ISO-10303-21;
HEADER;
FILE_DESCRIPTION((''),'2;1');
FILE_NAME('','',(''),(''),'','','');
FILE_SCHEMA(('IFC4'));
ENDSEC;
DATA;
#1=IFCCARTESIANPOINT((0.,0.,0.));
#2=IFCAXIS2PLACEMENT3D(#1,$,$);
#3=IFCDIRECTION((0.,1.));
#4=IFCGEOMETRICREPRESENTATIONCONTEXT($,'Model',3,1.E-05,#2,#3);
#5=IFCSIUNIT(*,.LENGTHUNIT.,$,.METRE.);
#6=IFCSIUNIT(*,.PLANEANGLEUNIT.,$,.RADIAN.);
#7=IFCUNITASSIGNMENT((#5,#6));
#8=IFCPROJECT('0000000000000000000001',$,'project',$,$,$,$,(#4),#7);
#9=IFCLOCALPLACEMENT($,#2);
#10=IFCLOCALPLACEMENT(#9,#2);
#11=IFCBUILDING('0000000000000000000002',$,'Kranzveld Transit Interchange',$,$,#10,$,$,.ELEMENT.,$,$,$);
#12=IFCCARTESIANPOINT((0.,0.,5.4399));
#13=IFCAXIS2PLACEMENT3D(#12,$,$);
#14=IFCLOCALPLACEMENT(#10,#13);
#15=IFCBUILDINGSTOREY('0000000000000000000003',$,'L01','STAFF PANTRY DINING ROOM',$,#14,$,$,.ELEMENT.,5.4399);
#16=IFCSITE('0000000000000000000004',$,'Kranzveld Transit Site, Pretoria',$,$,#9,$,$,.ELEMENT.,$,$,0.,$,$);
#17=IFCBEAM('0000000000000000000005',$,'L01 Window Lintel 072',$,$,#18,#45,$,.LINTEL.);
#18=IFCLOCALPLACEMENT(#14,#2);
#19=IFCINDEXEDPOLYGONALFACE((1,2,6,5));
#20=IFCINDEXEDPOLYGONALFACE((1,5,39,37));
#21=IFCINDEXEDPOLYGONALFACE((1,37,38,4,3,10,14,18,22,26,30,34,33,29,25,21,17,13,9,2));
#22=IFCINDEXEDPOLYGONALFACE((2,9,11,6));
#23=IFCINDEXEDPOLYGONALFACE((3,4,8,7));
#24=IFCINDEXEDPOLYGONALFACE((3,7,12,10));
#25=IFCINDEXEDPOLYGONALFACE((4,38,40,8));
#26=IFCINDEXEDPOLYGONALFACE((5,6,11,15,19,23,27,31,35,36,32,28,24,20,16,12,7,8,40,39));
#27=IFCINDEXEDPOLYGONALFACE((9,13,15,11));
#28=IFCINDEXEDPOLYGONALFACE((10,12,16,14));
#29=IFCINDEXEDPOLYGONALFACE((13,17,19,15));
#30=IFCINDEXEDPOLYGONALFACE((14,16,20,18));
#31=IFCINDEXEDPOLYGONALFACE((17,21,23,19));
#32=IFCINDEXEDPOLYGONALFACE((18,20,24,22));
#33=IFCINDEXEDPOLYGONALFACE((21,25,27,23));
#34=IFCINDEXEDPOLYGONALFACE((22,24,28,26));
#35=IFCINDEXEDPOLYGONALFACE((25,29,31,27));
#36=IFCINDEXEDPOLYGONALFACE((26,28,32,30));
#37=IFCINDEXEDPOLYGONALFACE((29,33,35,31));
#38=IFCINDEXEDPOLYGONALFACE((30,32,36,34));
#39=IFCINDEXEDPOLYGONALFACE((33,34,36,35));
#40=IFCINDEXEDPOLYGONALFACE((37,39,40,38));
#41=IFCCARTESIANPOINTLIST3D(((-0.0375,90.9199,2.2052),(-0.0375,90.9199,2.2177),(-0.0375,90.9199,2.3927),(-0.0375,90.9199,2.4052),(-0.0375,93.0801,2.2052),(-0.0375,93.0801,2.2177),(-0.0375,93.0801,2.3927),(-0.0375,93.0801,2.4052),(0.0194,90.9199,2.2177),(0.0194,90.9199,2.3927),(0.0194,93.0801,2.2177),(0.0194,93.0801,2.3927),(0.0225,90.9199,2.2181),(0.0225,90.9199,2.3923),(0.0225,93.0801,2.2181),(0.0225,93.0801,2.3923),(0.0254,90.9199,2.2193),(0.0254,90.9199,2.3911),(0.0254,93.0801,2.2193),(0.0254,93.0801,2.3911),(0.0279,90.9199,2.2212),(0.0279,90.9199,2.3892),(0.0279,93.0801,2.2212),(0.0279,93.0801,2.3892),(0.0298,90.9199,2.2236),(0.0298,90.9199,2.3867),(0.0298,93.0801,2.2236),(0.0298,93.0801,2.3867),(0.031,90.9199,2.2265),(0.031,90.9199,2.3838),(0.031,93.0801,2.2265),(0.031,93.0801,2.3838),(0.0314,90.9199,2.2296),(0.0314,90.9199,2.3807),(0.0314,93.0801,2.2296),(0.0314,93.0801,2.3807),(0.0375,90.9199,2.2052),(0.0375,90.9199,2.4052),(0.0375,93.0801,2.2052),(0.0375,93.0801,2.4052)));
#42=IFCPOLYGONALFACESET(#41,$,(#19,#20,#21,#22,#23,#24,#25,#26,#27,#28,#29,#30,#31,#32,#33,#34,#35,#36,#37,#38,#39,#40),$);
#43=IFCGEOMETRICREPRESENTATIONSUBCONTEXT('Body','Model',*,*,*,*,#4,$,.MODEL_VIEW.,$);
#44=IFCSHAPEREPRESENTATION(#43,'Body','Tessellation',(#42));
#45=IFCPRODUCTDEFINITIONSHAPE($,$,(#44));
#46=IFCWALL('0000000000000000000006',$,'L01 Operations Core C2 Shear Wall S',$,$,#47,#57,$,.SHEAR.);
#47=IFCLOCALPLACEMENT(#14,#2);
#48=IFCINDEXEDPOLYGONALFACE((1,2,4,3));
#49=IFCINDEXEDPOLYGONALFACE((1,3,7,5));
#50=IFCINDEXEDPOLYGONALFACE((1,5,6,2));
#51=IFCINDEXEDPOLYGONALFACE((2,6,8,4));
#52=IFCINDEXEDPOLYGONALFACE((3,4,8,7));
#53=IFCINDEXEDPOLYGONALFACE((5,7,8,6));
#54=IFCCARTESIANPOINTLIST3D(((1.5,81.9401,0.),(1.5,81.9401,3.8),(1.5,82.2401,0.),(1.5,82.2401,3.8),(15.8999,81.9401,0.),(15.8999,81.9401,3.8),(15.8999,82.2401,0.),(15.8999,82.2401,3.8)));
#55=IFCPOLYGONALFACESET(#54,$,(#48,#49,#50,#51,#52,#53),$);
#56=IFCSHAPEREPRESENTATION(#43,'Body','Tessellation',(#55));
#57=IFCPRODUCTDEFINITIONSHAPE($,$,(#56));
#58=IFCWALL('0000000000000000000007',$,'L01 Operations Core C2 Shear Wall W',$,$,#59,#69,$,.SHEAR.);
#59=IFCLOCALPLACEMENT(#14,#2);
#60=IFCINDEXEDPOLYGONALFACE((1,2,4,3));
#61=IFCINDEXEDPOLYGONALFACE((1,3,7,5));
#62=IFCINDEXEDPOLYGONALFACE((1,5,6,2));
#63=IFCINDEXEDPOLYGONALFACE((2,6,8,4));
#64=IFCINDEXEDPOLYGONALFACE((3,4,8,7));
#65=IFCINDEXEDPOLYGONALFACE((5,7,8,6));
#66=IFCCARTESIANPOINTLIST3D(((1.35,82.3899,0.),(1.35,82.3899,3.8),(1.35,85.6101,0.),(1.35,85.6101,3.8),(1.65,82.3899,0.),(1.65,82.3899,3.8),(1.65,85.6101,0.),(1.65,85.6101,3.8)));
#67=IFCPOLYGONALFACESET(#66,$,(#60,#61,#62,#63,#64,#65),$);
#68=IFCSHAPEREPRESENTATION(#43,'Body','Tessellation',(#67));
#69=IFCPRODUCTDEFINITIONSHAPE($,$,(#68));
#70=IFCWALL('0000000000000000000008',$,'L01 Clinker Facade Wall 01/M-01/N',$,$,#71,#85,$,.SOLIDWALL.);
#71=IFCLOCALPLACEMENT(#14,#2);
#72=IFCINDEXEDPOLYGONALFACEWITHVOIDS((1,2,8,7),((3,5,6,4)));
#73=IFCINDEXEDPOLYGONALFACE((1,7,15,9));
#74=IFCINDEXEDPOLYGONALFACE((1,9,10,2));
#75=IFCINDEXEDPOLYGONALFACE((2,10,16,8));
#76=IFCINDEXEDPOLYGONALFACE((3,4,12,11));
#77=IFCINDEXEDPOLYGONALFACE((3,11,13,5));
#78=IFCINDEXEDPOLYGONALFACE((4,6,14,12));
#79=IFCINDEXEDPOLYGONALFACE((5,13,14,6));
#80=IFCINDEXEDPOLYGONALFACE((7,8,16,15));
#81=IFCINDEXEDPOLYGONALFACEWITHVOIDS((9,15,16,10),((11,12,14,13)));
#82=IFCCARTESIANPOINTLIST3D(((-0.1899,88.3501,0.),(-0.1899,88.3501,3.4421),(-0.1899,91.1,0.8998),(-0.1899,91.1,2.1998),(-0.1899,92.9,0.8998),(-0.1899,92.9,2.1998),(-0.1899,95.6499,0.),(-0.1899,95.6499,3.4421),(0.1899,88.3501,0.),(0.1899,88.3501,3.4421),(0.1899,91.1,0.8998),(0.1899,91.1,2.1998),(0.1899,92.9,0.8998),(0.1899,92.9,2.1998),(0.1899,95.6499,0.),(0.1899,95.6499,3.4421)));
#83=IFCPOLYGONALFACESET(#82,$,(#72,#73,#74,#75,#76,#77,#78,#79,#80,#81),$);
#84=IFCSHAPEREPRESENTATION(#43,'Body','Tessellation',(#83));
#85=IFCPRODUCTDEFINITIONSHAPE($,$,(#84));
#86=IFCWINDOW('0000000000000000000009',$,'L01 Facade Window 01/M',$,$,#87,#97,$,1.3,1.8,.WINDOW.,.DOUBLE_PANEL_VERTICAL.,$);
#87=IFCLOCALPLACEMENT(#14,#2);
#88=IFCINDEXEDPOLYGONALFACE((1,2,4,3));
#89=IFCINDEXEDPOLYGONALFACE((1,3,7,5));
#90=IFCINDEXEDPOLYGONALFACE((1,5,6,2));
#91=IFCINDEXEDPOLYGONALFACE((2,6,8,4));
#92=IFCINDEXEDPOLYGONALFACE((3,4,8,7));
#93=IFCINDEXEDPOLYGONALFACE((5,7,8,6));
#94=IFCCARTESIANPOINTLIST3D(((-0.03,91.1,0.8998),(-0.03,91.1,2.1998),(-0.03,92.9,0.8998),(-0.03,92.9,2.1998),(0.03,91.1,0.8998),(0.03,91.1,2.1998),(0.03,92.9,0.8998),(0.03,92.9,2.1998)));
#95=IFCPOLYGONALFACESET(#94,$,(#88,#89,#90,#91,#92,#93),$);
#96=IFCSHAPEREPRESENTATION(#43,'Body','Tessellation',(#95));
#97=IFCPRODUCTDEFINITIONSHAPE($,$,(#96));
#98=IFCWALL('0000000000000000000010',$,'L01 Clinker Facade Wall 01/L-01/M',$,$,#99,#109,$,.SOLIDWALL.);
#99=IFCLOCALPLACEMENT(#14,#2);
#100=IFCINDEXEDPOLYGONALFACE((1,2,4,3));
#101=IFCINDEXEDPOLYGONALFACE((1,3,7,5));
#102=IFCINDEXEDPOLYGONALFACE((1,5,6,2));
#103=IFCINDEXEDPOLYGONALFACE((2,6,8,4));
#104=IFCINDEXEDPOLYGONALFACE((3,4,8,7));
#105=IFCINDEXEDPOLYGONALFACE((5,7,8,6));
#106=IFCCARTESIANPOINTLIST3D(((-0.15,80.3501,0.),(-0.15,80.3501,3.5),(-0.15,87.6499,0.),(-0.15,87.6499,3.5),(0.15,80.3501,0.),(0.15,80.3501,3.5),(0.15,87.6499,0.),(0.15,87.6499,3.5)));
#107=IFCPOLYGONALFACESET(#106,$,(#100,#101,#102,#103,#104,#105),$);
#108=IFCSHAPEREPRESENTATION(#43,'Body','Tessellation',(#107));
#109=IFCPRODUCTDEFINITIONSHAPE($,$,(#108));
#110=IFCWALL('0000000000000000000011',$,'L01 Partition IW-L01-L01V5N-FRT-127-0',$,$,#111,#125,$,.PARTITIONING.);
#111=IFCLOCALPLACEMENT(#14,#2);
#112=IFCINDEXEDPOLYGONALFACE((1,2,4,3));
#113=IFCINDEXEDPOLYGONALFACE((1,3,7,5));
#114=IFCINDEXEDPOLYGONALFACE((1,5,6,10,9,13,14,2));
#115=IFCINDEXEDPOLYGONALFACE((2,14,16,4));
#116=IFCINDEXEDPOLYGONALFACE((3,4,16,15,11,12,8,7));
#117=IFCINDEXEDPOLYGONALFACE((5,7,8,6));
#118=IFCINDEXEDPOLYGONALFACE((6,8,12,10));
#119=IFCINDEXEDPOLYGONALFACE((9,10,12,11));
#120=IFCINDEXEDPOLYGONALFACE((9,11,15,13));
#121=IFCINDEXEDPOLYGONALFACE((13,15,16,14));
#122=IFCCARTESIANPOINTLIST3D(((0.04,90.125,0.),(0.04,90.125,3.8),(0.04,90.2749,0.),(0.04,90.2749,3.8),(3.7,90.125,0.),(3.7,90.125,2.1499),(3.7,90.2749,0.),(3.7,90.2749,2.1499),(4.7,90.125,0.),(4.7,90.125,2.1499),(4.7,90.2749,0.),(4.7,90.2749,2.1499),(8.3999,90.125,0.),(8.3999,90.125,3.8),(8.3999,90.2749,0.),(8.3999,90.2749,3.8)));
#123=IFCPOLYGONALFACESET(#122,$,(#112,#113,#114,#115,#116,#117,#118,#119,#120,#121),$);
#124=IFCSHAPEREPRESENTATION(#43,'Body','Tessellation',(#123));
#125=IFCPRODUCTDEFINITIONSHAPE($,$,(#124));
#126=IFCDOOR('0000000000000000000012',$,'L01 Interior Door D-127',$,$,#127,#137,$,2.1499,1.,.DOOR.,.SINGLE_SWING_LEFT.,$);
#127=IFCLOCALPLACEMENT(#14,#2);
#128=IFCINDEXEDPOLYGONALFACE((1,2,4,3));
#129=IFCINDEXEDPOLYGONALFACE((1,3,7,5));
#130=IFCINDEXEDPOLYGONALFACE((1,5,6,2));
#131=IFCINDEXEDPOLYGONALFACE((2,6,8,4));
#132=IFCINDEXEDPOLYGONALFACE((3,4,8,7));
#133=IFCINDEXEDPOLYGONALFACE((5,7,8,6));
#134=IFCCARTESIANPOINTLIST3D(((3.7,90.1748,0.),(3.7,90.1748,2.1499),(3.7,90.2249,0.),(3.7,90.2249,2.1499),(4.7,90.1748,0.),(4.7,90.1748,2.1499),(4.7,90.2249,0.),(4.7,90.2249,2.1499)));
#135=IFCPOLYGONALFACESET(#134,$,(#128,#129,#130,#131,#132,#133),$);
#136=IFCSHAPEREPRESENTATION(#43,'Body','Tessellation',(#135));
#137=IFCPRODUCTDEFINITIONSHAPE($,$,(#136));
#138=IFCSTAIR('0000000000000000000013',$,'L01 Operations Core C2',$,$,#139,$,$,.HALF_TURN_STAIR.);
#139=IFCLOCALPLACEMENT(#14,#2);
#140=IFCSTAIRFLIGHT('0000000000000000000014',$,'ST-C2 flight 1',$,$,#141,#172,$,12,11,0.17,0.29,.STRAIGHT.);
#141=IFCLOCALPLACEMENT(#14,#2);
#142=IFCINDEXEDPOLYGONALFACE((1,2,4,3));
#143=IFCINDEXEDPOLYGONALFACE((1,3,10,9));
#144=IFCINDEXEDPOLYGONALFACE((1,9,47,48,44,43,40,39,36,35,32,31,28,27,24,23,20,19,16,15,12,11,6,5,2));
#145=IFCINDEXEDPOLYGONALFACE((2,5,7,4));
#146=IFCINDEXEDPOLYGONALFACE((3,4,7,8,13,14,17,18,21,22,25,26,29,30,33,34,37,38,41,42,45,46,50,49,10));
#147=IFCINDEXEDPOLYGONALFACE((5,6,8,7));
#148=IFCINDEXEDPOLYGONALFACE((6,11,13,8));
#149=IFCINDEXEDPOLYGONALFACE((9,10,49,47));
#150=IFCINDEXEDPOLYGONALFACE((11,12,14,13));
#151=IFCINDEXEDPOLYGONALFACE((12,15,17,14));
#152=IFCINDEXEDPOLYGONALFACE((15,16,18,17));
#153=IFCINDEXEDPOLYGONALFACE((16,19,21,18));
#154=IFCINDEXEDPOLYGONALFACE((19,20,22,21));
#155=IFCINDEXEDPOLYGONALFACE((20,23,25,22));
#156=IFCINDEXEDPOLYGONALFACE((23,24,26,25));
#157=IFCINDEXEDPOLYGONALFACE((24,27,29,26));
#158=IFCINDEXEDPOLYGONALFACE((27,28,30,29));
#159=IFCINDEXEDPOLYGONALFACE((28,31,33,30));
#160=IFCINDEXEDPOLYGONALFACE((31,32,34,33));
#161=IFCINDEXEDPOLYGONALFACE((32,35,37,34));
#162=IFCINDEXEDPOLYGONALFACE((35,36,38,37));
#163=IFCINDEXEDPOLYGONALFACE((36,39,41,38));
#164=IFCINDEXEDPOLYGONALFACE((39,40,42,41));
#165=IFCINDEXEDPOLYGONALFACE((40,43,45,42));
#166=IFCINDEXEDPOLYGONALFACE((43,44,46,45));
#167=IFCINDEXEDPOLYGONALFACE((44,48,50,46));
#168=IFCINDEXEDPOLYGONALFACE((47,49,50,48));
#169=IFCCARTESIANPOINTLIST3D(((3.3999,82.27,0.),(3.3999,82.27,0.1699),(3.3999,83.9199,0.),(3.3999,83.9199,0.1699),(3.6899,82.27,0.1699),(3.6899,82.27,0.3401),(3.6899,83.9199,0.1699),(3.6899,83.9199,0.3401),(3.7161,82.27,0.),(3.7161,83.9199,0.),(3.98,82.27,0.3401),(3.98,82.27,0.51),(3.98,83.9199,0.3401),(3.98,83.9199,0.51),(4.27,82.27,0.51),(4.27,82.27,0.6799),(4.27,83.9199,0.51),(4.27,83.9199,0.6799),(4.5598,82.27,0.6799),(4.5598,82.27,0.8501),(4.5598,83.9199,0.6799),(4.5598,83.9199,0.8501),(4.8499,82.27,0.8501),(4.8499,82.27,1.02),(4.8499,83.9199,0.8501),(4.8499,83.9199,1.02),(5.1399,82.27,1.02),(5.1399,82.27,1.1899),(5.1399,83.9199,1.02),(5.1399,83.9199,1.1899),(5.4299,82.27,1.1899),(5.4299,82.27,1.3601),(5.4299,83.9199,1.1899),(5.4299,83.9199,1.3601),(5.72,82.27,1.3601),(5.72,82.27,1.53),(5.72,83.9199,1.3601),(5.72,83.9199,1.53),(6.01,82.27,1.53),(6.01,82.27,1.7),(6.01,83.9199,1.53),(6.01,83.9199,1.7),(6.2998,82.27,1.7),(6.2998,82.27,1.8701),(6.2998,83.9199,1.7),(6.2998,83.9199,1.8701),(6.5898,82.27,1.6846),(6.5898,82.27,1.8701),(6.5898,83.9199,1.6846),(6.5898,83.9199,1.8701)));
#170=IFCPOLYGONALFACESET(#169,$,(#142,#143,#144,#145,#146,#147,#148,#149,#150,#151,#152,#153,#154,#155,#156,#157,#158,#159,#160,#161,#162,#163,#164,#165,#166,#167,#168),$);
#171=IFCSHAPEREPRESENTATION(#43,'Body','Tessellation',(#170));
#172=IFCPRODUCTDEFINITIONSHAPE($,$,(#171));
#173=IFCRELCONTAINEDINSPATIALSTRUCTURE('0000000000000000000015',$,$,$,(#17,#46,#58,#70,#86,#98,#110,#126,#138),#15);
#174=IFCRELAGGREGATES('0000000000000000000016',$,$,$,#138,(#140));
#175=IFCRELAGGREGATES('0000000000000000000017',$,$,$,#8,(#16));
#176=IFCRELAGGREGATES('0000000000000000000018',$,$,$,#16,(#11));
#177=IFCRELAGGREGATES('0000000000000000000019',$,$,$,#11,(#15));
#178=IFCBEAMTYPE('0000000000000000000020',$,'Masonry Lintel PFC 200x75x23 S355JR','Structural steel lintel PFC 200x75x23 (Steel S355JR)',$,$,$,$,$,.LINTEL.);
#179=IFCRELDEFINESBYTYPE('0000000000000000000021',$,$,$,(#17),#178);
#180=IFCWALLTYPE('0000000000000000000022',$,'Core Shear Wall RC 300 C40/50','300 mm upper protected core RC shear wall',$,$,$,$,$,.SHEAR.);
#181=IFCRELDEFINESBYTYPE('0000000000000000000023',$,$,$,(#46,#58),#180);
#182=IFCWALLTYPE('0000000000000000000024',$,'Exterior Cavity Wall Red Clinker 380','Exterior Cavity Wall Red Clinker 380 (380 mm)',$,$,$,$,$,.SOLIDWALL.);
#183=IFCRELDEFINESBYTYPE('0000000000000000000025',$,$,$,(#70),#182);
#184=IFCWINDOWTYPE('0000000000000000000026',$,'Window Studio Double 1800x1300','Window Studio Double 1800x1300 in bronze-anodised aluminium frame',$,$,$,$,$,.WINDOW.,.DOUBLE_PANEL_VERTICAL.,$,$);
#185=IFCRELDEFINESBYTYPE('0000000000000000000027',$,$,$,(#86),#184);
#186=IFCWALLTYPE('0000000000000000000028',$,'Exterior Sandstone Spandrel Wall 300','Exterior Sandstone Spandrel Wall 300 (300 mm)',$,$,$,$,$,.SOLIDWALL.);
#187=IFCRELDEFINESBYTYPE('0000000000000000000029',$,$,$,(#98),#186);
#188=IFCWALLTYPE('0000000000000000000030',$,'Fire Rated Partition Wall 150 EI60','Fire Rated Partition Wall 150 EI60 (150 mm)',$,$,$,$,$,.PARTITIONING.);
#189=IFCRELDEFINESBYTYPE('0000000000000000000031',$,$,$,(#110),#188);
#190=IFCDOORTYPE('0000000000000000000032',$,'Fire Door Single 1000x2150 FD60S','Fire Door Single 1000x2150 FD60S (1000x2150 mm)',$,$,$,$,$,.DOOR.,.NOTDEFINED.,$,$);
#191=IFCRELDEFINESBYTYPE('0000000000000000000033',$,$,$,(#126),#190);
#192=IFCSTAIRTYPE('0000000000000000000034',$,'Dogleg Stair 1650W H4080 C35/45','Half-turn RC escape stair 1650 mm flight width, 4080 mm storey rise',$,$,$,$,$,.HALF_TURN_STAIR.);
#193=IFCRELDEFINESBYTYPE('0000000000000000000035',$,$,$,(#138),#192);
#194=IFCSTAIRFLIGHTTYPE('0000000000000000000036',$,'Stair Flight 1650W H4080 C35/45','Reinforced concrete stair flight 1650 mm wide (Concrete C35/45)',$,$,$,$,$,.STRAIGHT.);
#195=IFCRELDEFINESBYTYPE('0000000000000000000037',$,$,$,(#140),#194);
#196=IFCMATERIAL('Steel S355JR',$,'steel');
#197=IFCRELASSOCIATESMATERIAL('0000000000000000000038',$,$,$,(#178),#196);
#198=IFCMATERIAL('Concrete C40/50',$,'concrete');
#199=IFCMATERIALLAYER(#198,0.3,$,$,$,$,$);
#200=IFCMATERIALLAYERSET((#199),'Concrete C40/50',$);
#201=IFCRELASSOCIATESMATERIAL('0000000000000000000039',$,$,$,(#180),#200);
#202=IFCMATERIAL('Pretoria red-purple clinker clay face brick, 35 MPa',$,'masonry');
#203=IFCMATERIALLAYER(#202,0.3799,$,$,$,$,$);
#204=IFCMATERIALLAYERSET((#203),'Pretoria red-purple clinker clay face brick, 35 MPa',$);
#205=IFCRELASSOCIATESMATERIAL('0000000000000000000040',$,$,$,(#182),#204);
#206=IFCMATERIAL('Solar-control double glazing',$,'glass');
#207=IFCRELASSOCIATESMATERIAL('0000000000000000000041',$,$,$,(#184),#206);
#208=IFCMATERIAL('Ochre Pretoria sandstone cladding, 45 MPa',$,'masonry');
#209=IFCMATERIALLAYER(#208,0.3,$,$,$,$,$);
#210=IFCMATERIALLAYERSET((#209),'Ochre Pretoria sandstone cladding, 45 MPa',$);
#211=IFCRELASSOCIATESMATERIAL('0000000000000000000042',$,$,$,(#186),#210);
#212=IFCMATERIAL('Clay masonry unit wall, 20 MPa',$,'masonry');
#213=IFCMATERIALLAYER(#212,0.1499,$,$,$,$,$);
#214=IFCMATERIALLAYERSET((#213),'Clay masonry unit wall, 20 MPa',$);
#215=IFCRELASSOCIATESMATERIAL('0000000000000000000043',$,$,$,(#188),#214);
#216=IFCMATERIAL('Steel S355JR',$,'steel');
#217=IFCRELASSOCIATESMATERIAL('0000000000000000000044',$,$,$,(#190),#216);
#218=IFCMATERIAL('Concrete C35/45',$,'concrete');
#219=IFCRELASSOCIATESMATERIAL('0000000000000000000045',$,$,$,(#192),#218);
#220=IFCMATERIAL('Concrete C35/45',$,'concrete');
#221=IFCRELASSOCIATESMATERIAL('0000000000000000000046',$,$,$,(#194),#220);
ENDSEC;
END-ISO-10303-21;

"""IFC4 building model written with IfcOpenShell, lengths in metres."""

from ifc_helpers import new_model, si_unit, direction, frame, frame_2d, origin, origin_2d, place, context, subcontext, project, spatial, polyline, rectangle, u_section, outline, extrude, material, layer, layer_set, material_profile, profile_set, type_object, element, fill, aggregate, save


model = new_model("IFC4")

# Units and contexts
model_context = context("Model", 3, precision=1e-05, world=origin(), true_north=direction((0.0, 1.0)))
body_context = subcontext(model_context, "Body", "Model", "MODEL_VIEW")
ifc_project = project(units=[si_unit("LENGTHUNIT", "METRE"), si_unit("PLANEANGLEUNIT", "RADIAN")], contexts=[model_context])

# Site, building, storey
site_placement = place(None, origin())
site = spatial("IfcSite", under=ifc_project, at=site_placement, Name="Kranzveld Transit Site, Pretoria", CompositionType="ELEMENT", RefElevation=0.0)
building_placement = place(site_placement, origin())
building = spatial("IfcBuilding", under=site, at=building_placement, Name="Kranzveld Transit Interchange", CompositionType="ELEMENT")
storey_placement = place(building_placement, frame((0.0, 0.0, 5.4399)))
storey = spatial("IfcBuildingStorey", under=building, at=storey_placement, Name="L01", Description="STAFF PANTRY DINING ROOM", CompositionType="ELEMENT", Elevation=5.4399)

# Beam
ifc_material_1 = material(Name="Steel S355JR", Category="steel")
ifc_material_profile_1 = material_profile(ifc_material_1, u_section(Depth=0.2, FlangeWidth=0.075, WebThickness=0.0061, FlangeThickness=0.0125, FilletRadius=0.012, at=origin_2d()), Name="PFC 200x75x23")
ifc_profile_set_1 = profile_set([ifc_material_profile_1], Name="Steel S355JR")
beam_type_1 = type_object("IfcBeamType", Name="Masonry Lintel PFC 200x75x23 S355JR", Description="Structural steel lintel PFC 200x75x23 (Steel S355JR)", PredefinedType="LINTEL", material=ifc_profile_set_1)
beam_placement = place(storey_placement, frame((0.0, 90.9199, 2.3052), z_axis=(0.0, 1.0, 0.0), x_axis=(-1.0, 0.0, 0.0)))
element("IfcBeam", 1, at=beam_placement, inside=storey, type_object=beam_type_1, Name="L01 Window Lintel 072", PredefinedType="LINTEL", context=body_context, shape_type="SweptSolid", body=[
    extrude(u_section(Depth=0.2, FlangeWidth=0.075, WebThickness=0.0061, FlangeThickness=0.0125, FilletRadius=0.012, at=origin_2d()), origin(), (0.0, 0.0, 1.0), 2.1602),
])

# Wall
ifc_material_2 = material(Name="Concrete C40/50", Category="concrete")
ifc_layer_1 = layer(ifc_material_2, 0.3)
ifc_layer_set_1 = layer_set([ifc_layer_1], Name="Concrete C40/50")
wall_type_1 = type_object("IfcWallType", Name="Core Shear Wall RC 300 C40/50", Description="300 mm upper protected core RC shear wall", PredefinedType="SHEAR", material=ifc_layer_set_1)
wall_1_placement = place(storey_placement, frame((1.5, 82.0901, 0.0), z_axis=(0.0, 0.0, 1.0), x_axis=(1.0, 0.0, 0.0)))
element("IfcWall", 2, at=wall_1_placement, inside=storey, type_object=wall_type_1, Name="L01 Operations Core C2 Shear Wall S", PredefinedType="SHEAR", context=body_context, shape_type="SweptSolid", body=[
    extrude(rectangle(XDim=14.3999, YDim=0.3, at=frame_2d((7.2, 0.0))), origin(), (0.0, 0.0, 1.0), 3.8),
])

# Wall
wall_2_placement = place(storey_placement, frame((1.5, 82.3899, 0.0), z_axis=(0.0, 0.0, 1.0), x_axis=(0.0, 1.0, 0.0)))
element("IfcWall", 3, at=wall_2_placement, inside=storey, type_object=wall_type_1, Name="L01 Operations Core C2 Shear Wall W", PredefinedType="SHEAR", context=body_context, shape_type="SweptSolid", body=[
    extrude(rectangle(XDim=3.2202, YDim=0.3, at=frame_2d((1.6101, 0.0))), origin(), (0.0, 0.0, 1.0), 3.8),
])

# Wall, opening, window
ifc_material_3 = material(Name="Pretoria red-purple clinker clay face brick, 35 MPa", Category="masonry")
ifc_layer_2 = layer(ifc_material_3, 0.3799)
ifc_layer_set_2 = layer_set([ifc_layer_2], Name="Pretoria red-purple clinker clay face brick, 35 MPa")
wall_type_2 = type_object("IfcWallType", Name="Exterior Cavity Wall Red Clinker 380", Description="Exterior Cavity Wall Red Clinker 380 (380 mm)", PredefinedType="SOLIDWALL", material=ifc_layer_set_2)
wall_3_placement = place(storey_placement, frame((0.0, 88.3501, 0.0), z_axis=(0.0, 0.0, 1.0), x_axis=(0.0, 1.0, 0.0)))
wall_3 = element("IfcWall", 4, at=wall_3_placement, inside=storey, type_object=wall_type_2, Name="L01 Clinker Facade Wall 01/M-01/N", PredefinedType="SOLIDWALL", context=body_context, shape_type="SweptSolid", body=[
    extrude(rectangle(XDim=7.2998, YDim=0.3799, at=frame_2d((3.6499, 0.0))), origin(), (0.0, 0.0, 1.0), 3.4421),
])
opening_1_placement = place(wall_3_placement, frame((2.75, 0.0, 0.8999), z_axis=(0.0, 0.0, 1.0), x_axis=(1.0, 0.0, 0.0)))
opening_1 = element("IfcOpeningElement", 5, at=opening_1_placement, cuts=wall_3, PredefinedType="OPENING", context=body_context, shape_type="SweptSolid", body=[
    extrude(rectangle(XDim=1.8, YDim=1.3, at=frame_2d((0.8999, 0.6499))), frame((0.0, 0.2, 0.0), z_axis=(0.0, -1.0, 0.0), x_axis=(1.0, 0.0, 0.0)), (0.0, 0.0, 1.0), 0.3999),
])
ifc_material_4 = material(Name="Solar-control double glazing", Category="glass")
window_type = type_object("IfcWindowType", Name="Window Studio Double 1800x1300", Description="Window Studio Double 1800x1300 in bronze-anodised aluminium frame", PartitioningType="DOUBLE_PANEL_VERTICAL", PredefinedType="WINDOW", material=ifc_material_4)
window_placement = place(opening_1_placement, origin())
window = element("IfcWindow", 6, at=window_placement, inside=storey, type_object=window_type, Name="L01 Facade Window 01/M", OverallHeight=1.3, OverallWidth=1.8, PartitioningType="DOUBLE_PANEL_VERTICAL", PredefinedType="WINDOW", context=body_context, shape_type="SweptSolid", body=[
    extrude(rectangle(XDim=1.8, YDim=1.3, at=frame_2d((0.8999, 0.6499))), frame((0.0, 0.03, 0.0), z_axis=(0.0, -1.0, 0.0), x_axis=(1.0, 0.0, 0.0)), (0.0, 0.0, 1.0), 0.0601),
])
fill(opening_1, window)

# Wall
ifc_material_5 = material(Name="Ochre Pretoria sandstone cladding, 45 MPa", Category="masonry")
ifc_layer_3 = layer(ifc_material_5, 0.3)
ifc_layer_set_3 = layer_set([ifc_layer_3], Name="Ochre Pretoria sandstone cladding, 45 MPa")
wall_type_3 = type_object("IfcWallType", Name="Exterior Sandstone Spandrel Wall 300", Description="Exterior Sandstone Spandrel Wall 300 (300 mm)", PredefinedType="SOLIDWALL", material=ifc_layer_set_3)
wall_4_placement = place(storey_placement, frame((0.0, 80.3501, 0.0), z_axis=(0.0, 0.0, 1.0), x_axis=(0.0, 1.0, 0.0)))
element("IfcWall", 7, at=wall_4_placement, inside=storey, type_object=wall_type_3, Name="L01 Clinker Facade Wall 01/L-01/M", PredefinedType="SOLIDWALL", context=body_context, shape_type="SweptSolid", body=[
    extrude(rectangle(XDim=7.2998, YDim=0.3, at=frame_2d((3.6499, 0.0))), origin(), (0.0, 0.0, 1.0), 3.5),
])

# Wall, opening, door
ifc_material_6 = material(Name="Clay masonry unit wall, 20 MPa", Category="masonry")
ifc_layer_4 = layer(ifc_material_6, 0.1499)
ifc_layer_set_4 = layer_set([ifc_layer_4], Name="Clay masonry unit wall, 20 MPa")
wall_type_4 = type_object("IfcWallType", Name="Fire Rated Partition Wall 150 EI60", Description="Fire Rated Partition Wall 150 EI60 (150 mm)", PredefinedType="PARTITIONING", material=ifc_layer_set_4)
wall_5_placement = place(storey_placement, frame((0.04, 90.2, 0.0), z_axis=(0.0, 0.0, 1.0), x_axis=(1.0, 0.0, 0.0)))
wall_5 = element("IfcWall", 8, at=wall_5_placement, inside=storey, type_object=wall_type_4, Name="L01 Partition IW-L01-L01V5N-FRT-127-0", PredefinedType="PARTITIONING", context=body_context, shape_type="SweptSolid", body=[
    extrude(rectangle(XDim=8.3599, YDim=0.1499, at=frame_2d((4.1799, 0.0))), origin(), (0.0, 0.0, 1.0), 3.8),
])
opening_2_placement = place(wall_5_placement, frame((3.6599, 0.0, 0.0), z_axis=(0.0, 0.0, 1.0), x_axis=(1.0, 0.0, 0.0)))
opening_2 = element("IfcOpeningElement", 9, at=opening_2_placement, cuts=wall_5, PredefinedType="OPENING", context=body_context, shape_type="SweptSolid", body=[
    extrude(rectangle(XDim=1.0, YDim=2.1499, at=frame_2d((0.5, 1.075))), frame((0.0, 0.085, 0.0), z_axis=(0.0, -1.0, 0.0), x_axis=(1.0, 0.0, 0.0)), (0.0, 0.0, 1.0), 0.1699),
])
ifc_material_7 = material(Name="Steel S355JR", Category="steel")
door_type_1 = type_object("IfcDoorType", Name="Fire Door Single 1000x2150 FD60S", Description="Fire Door Single 1000x2150 FD60S (1000x2150 mm)", OperationType="NOTDEFINED", PredefinedType="DOOR", material=ifc_material_7)
door_1_placement = place(opening_2_placement, origin())
door_1 = element("IfcDoor", 10, at=door_1_placement, inside=storey, type_object=door_type_1, Name="L01 Interior Door D-127", OperationType="SINGLE_SWING_LEFT", OverallHeight=2.1499, OverallWidth=1.0, PredefinedType="DOOR", context=body_context, shape_type="SweptSolid", body=[
    extrude(rectangle(XDim=1.0, YDim=2.1499, at=frame_2d((0.5, 1.075))), frame((0.0, 0.0249, 0.0), z_axis=(0.0, -1.0, 0.0), x_axis=(1.0, 0.0, 0.0)), (0.0, 0.0, 1.0), 0.05),
])
fill(opening_2, door_1)

# Stair, stair flight
ifc_material_8 = material(Name="Concrete C35/45", Category="concrete")
stair_type = type_object("IfcStairType", Name="Dogleg Stair 1650W H4080 C35/45", Description="Half-turn RC escape stair 1650 mm flight width, 4080 mm storey rise", PredefinedType="HALF_TURN_STAIR", material=ifc_material_8)
stair_placement = place(storey_placement, origin())
stair = element("IfcStair", 11, at=stair_placement, inside=storey, type_object=stair_type, Name="L01 Operations Core C2", PredefinedType="HALF_TURN_STAIR")
ifc_material_9 = material(Name="Concrete C35/45", Category="concrete")
stair_flight_type = type_object("IfcStairFlightType", Name="Stair Flight 1650W H4080 C35/45", Description="Reinforced concrete stair flight 1650 mm wide (Concrete C35/45)", PredefinedType="STRAIGHT", material=ifc_material_9)
stair_flight_1_placement = place(storey_placement, frame((3.3999, 83.095, 0.0), z_axis=(0.0, 0.0, 1.0), x_axis=(1.0, 0.0, 0.0)))
stair_flight_1 = element("IfcStairFlight", 12, at=stair_flight_1_placement, type_object=stair_flight_type, Name="ST-C2 flight 1", NumberOfRisers=12, NumberOfTreads=11, PredefinedType="STRAIGHT", RiserHeight=0.17, TreadLength=0.29, context=body_context, shape_type="SweptSolid", body=[
    extrude(outline(polyline([(0.0, 0.0), (0.0, 0.1699), (0.29, 0.1699), (0.29, 0.3401), (0.5801, 0.3401), (0.5801, 0.51), (0.8701, 0.51), (0.8701, 0.6799), (1.1599, 0.6799), (1.1599, 0.8501), (1.45, 0.8501), (1.45, 1.02), (1.74, 1.02), (1.74, 1.1899), (2.03, 1.1899), (2.03, 1.3601), (2.3201, 1.3601), (2.3201, 1.53), (2.6101, 1.53), (2.6101, 1.7), (2.8999, 1.7), (2.8999, 1.8701), (3.1899, 1.8701), (3.1899, 2.04), (3.1899, 1.6846), (0.3162, 0.0), (0.0, 0.0)])), frame((0.0, 0.825, 0.0), z_axis=(0.0, -1.0, 0.0), x_axis=(1.0, 0.0, 0.0)), (0.0, 0.0, 1.0), 1.6499),
])
aggregate(stair, [stair_flight_1])

save(model, "model.ifc")
